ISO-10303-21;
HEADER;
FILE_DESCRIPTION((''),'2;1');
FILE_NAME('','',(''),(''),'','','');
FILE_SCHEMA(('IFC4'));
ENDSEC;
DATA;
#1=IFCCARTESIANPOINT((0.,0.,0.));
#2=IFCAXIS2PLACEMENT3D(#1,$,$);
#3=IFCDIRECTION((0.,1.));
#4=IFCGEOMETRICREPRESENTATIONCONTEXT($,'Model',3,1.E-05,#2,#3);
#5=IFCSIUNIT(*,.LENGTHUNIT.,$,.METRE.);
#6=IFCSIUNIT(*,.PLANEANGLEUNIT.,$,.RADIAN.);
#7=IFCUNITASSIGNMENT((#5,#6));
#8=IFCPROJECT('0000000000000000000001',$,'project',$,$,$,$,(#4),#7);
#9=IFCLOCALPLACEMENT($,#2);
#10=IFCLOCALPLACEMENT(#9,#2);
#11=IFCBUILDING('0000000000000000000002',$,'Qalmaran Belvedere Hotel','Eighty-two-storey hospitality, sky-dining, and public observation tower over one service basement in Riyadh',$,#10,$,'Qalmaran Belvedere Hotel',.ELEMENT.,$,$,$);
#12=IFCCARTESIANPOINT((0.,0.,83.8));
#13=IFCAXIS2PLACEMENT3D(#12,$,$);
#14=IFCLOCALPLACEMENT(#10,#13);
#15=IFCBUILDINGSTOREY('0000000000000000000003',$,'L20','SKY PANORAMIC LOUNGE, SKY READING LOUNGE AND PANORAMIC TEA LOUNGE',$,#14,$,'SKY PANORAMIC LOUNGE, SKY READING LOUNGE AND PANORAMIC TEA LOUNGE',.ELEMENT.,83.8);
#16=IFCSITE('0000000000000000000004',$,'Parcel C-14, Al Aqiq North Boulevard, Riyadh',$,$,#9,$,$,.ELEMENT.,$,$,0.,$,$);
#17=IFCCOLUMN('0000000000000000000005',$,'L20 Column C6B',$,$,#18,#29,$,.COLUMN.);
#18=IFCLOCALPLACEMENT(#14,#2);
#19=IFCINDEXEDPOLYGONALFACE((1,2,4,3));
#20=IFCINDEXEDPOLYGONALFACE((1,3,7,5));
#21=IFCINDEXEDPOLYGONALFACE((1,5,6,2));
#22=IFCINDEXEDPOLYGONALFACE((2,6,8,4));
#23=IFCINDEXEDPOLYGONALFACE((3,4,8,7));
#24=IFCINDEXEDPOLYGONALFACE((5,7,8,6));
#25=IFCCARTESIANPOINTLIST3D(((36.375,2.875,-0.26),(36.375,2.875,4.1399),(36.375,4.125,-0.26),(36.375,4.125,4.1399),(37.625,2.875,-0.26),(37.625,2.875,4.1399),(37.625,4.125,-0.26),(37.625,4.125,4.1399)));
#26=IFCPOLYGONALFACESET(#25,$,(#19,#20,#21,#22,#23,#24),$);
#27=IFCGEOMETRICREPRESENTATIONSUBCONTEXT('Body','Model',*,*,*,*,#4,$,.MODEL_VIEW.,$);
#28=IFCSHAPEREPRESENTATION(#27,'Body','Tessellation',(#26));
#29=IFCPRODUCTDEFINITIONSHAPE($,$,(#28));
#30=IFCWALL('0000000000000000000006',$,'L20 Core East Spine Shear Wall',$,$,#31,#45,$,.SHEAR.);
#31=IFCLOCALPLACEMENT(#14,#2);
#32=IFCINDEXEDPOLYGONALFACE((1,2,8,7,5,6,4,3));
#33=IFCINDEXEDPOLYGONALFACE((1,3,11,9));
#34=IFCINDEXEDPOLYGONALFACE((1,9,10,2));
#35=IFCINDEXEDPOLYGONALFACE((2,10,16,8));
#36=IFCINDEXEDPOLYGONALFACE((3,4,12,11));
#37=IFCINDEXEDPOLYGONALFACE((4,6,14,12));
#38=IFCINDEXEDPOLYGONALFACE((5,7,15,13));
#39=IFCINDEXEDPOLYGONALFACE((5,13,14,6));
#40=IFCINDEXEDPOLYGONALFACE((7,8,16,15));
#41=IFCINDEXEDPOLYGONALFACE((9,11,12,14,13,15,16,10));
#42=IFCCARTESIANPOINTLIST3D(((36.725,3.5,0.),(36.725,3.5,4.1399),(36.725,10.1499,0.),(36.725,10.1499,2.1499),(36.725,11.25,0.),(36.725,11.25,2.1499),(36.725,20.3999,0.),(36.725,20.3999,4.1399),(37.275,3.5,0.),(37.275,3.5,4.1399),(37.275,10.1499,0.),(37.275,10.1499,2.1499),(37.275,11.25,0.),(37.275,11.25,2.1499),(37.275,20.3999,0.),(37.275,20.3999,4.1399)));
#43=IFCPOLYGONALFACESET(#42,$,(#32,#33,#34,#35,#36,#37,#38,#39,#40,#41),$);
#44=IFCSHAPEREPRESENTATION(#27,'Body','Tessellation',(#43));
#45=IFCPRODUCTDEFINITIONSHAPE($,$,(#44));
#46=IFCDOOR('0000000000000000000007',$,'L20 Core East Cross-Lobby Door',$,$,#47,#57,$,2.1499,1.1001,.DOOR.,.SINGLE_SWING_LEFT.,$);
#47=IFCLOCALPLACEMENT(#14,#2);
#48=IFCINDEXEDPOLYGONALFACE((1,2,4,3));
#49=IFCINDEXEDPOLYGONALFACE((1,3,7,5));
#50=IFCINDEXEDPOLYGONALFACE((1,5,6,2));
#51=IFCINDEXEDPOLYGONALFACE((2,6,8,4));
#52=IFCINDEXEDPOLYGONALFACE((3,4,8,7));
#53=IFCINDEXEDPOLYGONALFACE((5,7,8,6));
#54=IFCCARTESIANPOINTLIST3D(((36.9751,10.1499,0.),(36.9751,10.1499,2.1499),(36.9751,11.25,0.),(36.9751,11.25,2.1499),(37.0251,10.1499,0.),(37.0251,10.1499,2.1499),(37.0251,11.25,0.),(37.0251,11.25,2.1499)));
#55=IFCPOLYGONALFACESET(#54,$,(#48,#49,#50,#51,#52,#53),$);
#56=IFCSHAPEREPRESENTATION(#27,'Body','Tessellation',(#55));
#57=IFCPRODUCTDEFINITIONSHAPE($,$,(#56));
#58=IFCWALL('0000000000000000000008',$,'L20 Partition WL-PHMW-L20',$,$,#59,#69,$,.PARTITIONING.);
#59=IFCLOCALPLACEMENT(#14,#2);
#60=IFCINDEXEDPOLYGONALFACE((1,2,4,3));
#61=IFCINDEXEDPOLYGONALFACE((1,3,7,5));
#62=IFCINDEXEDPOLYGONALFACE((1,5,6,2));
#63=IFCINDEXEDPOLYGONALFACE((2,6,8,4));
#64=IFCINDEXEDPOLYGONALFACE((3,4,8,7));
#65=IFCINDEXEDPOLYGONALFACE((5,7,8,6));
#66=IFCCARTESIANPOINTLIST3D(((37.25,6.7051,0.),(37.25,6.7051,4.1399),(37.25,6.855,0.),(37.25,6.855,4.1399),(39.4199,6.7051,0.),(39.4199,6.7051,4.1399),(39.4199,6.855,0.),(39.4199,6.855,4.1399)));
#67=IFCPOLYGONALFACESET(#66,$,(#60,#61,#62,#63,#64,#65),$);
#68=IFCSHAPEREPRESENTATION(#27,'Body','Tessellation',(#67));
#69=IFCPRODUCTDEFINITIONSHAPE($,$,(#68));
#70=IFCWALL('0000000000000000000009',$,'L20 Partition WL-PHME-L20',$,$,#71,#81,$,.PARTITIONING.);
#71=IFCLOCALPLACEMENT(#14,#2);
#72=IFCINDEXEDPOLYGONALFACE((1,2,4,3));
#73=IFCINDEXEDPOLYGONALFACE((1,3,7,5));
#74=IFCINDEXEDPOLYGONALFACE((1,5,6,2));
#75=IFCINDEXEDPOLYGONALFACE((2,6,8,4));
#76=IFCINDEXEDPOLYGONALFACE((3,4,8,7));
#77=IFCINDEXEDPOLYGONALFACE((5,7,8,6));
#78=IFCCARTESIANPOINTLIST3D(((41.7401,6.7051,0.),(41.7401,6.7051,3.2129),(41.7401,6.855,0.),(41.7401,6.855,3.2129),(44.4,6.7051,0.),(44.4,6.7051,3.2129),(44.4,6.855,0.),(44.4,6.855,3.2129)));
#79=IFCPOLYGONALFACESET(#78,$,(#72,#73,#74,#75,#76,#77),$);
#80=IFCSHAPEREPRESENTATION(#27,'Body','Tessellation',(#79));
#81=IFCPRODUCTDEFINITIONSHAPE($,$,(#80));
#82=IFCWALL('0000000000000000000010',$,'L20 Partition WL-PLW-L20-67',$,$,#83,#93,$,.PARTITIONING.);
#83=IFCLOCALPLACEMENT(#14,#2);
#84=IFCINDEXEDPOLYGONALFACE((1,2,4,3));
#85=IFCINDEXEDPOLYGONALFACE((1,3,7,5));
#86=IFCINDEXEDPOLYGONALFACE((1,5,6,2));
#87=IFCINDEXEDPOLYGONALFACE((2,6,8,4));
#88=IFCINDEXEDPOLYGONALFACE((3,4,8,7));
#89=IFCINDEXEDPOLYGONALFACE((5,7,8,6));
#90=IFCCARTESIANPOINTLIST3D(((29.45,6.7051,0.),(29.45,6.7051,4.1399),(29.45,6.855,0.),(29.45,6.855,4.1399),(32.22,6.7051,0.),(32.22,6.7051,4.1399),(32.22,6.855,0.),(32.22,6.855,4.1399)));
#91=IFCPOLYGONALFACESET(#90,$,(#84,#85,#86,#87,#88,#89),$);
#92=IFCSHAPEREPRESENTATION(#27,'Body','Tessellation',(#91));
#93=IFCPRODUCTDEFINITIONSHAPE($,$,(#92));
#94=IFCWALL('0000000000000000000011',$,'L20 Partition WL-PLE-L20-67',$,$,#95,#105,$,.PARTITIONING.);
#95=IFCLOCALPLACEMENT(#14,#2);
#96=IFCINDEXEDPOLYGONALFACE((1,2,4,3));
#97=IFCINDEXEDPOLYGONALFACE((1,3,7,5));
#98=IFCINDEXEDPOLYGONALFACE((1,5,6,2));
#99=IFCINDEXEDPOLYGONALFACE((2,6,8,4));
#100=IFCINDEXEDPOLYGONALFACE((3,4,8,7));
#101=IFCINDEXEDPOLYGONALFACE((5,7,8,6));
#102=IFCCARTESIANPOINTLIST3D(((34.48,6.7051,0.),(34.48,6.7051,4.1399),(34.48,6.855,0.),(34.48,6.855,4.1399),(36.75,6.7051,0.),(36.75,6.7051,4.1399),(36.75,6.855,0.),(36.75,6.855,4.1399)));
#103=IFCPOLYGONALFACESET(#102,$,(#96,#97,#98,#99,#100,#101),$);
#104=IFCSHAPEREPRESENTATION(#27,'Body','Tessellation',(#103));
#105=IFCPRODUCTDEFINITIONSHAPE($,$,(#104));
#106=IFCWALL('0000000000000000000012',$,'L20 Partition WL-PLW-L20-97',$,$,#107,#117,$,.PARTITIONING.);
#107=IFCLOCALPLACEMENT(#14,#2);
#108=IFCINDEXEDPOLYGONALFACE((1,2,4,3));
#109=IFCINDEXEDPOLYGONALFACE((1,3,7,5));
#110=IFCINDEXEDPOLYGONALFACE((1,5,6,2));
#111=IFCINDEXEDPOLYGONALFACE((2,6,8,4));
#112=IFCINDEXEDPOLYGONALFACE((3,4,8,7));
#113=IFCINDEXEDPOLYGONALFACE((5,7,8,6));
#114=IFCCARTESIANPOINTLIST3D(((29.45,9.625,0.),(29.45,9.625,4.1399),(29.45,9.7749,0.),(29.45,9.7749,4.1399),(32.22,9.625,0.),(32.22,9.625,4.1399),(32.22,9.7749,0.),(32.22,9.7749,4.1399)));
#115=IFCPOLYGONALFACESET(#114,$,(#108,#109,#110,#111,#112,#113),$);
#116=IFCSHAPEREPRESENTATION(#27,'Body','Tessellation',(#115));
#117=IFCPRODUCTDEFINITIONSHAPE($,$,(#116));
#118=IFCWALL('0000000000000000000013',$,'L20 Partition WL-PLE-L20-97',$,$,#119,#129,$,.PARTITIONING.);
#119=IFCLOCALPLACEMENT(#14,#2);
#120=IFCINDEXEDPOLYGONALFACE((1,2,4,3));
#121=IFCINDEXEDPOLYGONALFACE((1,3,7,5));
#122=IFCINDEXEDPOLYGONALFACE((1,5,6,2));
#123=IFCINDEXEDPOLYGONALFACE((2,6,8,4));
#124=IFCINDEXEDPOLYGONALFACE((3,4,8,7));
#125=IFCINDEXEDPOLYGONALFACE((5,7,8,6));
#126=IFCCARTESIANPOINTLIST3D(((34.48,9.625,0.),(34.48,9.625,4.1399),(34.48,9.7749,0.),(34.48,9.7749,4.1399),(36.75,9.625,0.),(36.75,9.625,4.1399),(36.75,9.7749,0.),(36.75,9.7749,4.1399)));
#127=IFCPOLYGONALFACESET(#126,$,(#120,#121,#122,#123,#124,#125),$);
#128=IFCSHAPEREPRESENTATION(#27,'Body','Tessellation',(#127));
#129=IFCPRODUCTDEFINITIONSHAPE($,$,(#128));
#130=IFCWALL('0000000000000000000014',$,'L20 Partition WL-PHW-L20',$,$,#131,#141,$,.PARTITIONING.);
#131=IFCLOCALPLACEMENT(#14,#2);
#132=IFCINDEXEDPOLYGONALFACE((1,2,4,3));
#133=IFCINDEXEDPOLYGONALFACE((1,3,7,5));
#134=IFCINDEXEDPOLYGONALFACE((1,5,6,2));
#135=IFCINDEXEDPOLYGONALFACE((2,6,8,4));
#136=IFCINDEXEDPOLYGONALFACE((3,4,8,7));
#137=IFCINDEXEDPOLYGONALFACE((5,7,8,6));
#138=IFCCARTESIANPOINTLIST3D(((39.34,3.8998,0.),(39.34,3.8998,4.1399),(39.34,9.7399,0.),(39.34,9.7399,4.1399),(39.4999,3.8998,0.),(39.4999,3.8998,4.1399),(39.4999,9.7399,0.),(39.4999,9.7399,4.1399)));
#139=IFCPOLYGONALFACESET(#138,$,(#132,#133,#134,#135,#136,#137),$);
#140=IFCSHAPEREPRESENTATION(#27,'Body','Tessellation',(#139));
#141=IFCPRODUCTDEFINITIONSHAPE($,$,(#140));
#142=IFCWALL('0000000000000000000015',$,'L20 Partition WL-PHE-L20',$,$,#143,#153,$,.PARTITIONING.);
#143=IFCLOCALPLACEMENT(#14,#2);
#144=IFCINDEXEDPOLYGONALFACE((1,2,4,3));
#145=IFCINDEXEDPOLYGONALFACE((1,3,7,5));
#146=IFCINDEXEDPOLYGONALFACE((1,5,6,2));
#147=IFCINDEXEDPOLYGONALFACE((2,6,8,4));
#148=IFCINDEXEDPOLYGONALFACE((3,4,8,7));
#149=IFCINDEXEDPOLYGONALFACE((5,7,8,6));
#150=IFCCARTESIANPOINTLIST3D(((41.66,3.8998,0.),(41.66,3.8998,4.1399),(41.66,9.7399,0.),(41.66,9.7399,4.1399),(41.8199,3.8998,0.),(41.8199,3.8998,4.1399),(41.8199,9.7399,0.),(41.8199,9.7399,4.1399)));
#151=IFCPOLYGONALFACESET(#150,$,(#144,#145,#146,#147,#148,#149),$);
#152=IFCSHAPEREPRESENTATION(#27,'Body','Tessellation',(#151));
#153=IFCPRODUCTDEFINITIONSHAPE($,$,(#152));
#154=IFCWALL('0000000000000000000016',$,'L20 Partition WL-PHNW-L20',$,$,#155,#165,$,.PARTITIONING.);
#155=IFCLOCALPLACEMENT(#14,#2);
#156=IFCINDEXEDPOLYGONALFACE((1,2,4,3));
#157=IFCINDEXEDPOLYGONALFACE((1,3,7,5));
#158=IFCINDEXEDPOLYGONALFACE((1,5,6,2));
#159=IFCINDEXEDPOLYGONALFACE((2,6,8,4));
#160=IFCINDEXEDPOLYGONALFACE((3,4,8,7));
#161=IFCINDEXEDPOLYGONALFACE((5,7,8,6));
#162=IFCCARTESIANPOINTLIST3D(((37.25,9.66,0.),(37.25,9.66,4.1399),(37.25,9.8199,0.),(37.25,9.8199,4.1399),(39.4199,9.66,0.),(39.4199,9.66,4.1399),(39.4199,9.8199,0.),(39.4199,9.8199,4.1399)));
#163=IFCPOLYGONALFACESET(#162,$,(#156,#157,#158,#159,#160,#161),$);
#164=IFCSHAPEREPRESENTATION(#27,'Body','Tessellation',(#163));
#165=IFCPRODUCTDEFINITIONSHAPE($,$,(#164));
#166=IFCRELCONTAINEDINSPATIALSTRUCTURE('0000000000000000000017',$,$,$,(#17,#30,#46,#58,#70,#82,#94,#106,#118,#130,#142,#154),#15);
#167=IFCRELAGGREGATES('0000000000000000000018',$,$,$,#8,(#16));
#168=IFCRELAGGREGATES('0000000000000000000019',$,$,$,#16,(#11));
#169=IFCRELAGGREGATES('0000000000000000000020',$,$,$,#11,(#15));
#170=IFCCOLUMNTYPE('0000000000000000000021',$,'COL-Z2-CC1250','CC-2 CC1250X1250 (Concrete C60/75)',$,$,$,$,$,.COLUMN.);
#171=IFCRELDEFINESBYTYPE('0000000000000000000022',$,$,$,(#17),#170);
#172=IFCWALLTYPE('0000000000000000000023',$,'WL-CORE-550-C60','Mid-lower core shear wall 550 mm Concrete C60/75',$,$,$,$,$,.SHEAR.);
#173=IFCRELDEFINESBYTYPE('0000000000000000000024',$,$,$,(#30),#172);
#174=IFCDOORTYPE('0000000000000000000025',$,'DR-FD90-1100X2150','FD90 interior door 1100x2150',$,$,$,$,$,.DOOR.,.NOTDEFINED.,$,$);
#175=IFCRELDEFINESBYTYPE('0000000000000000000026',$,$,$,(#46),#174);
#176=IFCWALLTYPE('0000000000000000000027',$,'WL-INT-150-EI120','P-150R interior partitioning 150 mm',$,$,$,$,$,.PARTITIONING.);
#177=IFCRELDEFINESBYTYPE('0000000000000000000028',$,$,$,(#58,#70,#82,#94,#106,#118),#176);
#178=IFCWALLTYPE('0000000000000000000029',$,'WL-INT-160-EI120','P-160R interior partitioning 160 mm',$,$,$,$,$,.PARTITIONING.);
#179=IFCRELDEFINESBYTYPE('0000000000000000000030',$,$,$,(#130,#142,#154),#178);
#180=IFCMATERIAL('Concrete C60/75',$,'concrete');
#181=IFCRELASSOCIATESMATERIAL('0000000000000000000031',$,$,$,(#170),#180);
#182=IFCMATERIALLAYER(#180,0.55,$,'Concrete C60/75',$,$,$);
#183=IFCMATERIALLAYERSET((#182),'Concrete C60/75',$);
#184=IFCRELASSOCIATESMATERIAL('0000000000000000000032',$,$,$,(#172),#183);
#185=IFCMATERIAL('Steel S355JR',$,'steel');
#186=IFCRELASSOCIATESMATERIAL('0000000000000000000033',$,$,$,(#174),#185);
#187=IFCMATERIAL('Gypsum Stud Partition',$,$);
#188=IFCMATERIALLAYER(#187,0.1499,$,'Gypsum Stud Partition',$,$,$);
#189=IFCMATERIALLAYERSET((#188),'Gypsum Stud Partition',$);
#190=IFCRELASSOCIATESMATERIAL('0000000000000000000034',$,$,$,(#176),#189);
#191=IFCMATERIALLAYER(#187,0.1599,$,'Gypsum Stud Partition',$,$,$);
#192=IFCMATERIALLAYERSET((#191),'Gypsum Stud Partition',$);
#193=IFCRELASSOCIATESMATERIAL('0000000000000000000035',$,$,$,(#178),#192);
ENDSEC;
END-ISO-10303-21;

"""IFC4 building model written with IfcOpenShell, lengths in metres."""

from ifc_helpers import new_model, si_unit, direction, frame, frame_2d, origin, origin_2d, place, context, subcontext, project, spatial, rectangle, extrude, material, layer, layer_set, material_profile, profile_set, type_object, element, fill, save


model = new_model("IFC4")

# Units and contexts
model_context = context("Model", 3, precision=1e-05, world=origin(), true_north=direction((0.0, 1.0)))
body_context = subcontext(model_context, "Body", "Model", "MODEL_VIEW")
ifc_project = project(units=[si_unit("LENGTHUNIT", "METRE"), si_unit("PLANEANGLEUNIT", "RADIAN")], contexts=[model_context])

# Site, building, storey
site_placement = place(None, origin())
site = spatial("IfcSite", under=ifc_project, at=site_placement, Name="Parcel C-14, Al Aqiq North Boulevard, Riyadh", CompositionType="ELEMENT", RefElevation=0.0)
building_placement = place(site_placement, origin())
building = spatial("IfcBuilding", under=site, at=building_placement, Name="Qalmaran Belvedere Hotel", Description="Eighty-two-storey hospitality, sky-dining, and public observation tower over one service basement in Riyadh", LongName="Qalmaran Belvedere Hotel", CompositionType="ELEMENT")
storey_placement = place(building_placement, frame((0.0, 0.0, 83.8)))
storey = spatial("IfcBuildingStorey", under=building, at=storey_placement, Name="L20", Description="SKY PANORAMIC LOUNGE, SKY READING LOUNGE AND PANORAMIC TEA LOUNGE", LongName="SKY PANORAMIC LOUNGE, SKY READING LOUNGE AND PANORAMIC TEA LOUNGE", CompositionType="ELEMENT", Elevation=83.8)

# Column
ifc_material_1 = material(Name="Concrete C60/75", Category="concrete")
ifc_material_profile = material_profile(ifc_material_1, rectangle(XDim=1.25, YDim=1.25, at=origin_2d()), Name="CC1250X1250")
ifc_profile_set = profile_set([ifc_material_profile], Name="Concrete C60/75")
column_type = type_object("IfcColumnType", Name="COL-Z2-CC1250", Description="CC-2 CC1250X1250 (Concrete C60/75)", PredefinedType="COLUMN", material=ifc_profile_set)
column_placement = place(storey_placement, frame((37.0, 3.5, -0.26), z_axis=(0.0, 0.0, 1.0), x_axis=(1.0, 0.0, 0.0)))
element("IfcColumn", 1, at=column_placement, inside=storey, type_object=column_type, Name="L20 Column C6B", PredefinedType="COLUMN", context=body_context, shape_type="SweptSolid", body=[
    extrude(rectangle(XDim=1.25, YDim=1.25, at=origin_2d()), origin(), (0.0, 0.0, 1.0), 4.3999),
])

# Wall, opening, door
ifc_layer_1 = layer(ifc_material_1, 0.55, Name="Concrete C60/75")
ifc_layer_set_1 = layer_set([ifc_layer_1], Name="Concrete C60/75")
wall_type_1 = type_object("IfcWallType", Name="WL-CORE-550-C60", Description="Mid-lower core shear wall 550 mm Concrete C60/75", PredefinedType="SHEAR", material=ifc_layer_set_1)
wall_1_placement = place(storey_placement, frame((37.0, 3.5, 0.0), z_axis=(0.0, 0.0, 1.0), x_axis=(0.0, 1.0, 0.0)))
wall_1 = element("IfcWall", 2, at=wall_1_placement, inside=storey, type_object=wall_type_1, Name="L20 Core East Spine Shear Wall", PredefinedType="SHEAR", context=body_context, shape_type="SweptSolid", body=[
    extrude(rectangle(XDim=16.8999, YDim=0.55, at=frame_2d((8.45, 0.0))), origin(), (0.0, 0.0, 1.0), 4.1399),
])
opening_1_placement = place(wall_1_placement, frame((6.6499, 0.0, 0.0)))
opening_1 = element("IfcOpeningElement", 3, at=opening_1_placement, cuts=wall_1, PredefinedType="OPENING", context=body_context, shape_type="SweptSolid", body=[
    extrude(rectangle(XDim=1.1001, YDim=2.1499, at=frame_2d((0.55, 1.075))), frame((0.0, 0.2852, 0.0), z_axis=(0.0, -1.0, 0.0), x_axis=(1.0, 0.0, 0.0)), (0.0, 0.0, 1.0), 0.5701),
])
ifc_material_2 = material(Name="Steel S355JR", Category="steel")
door_type_1 = type_object("IfcDoorType", Name="DR-FD90-1100X2150", Description="FD90 interior door 1100x2150", OperationType="NOTDEFINED", PredefinedType="DOOR", material=ifc_material_2)
door_1_placement = place(opening_1_placement, origin())
door_1 = element("IfcDoor", 4, at=door_1_placement, inside=storey, type_object=door_type_1, Name="L20 Core East Cross-Lobby Door", OperationType="SINGLE_SWING_LEFT", OverallHeight=2.1499, OverallWidth=1.1001, PredefinedType="DOOR", context=body_context, shape_type="SweptSolid", body=[
    extrude(rectangle(XDim=1.1001, YDim=2.1499, at=frame_2d((0.55, 1.075))), frame((0.0, 0.0249, 0.0), z_axis=(0.0, -1.0, 0.0), x_axis=(1.0, 0.0, 0.0)), (0.0, 0.0, 1.0), 0.05),
])
fill(opening_1, door_1)

# Walls
ifc_material_3 = material(Name="Gypsum Stud Partition")
ifc_layer_2 = layer(ifc_material_3, 0.1499, Name="Gypsum Stud Partition")
ifc_layer_set_2 = layer_set([ifc_layer_2], Name="Gypsum Stud Partition")
wall_type_2 = type_object("IfcWallType", Name="WL-INT-150-EI120", Description="P-150R interior partitioning 150 mm", PredefinedType="PARTITIONING", material=ifc_layer_set_2)
wall_2_placement = place(storey_placement, frame((37.25, 6.78, 0.0), z_axis=(0.0, 0.0, 1.0), x_axis=(1.0, 0.0, 0.0)))
element("IfcWall", 5, at=wall_2_placement, inside=storey, type_object=wall_type_2, Name="L20 Partition WL-PHMW-L20", PredefinedType="PARTITIONING", context=body_context, shape_type="SweptSolid", body=[
    extrude(rectangle(XDim=2.1699, YDim=0.1499, at=frame_2d((1.085, 0.0))), origin(), (0.0, 0.0, 1.0), 4.1399),
])
wall_3_placement = place(storey_placement, frame((41.74, 6.78, 0.0), z_axis=(0.0, 0.0, 1.0), x_axis=(1.0, 0.0, 0.0)))
element("IfcWall", 6, at=wall_3_placement, inside=storey, type_object=wall_type_2, Name="L20 Partition WL-PHME-L20", PredefinedType="PARTITIONING", context=body_context, shape_type="SweptSolid", body=[
    extrude(rectangle(XDim=2.6599, YDim=0.1499, at=frame_2d((1.3301, 0.0))), origin(), (0.0, 0.0, 1.0), 3.2129),
])
wall_4_placement = place(storey_placement, frame((29.45, 6.78, 0.0), z_axis=(0.0, 0.0, 1.0), x_axis=(1.0, 0.0, 0.0)))
element("IfcWall", 7, at=wall_4_placement, inside=storey, type_object=wall_type_2, Name="L20 Partition WL-PLW-L20-67", PredefinedType="PARTITIONING", context=body_context, shape_type="SweptSolid", body=[
    extrude(rectangle(XDim=2.77, YDim=0.1499, at=frame_2d((1.385, 0.0))), origin(), (0.0, 0.0, 1.0), 4.1399),
])
wall_5_placement = place(storey_placement, frame((34.48, 6.78, 0.0), z_axis=(0.0, 0.0, 1.0), x_axis=(1.0, 0.0, 0.0)))
element("IfcWall", 8, at=wall_5_placement, inside=storey, type_object=wall_type_2, Name="L20 Partition WL-PLE-L20-67", PredefinedType="PARTITIONING", context=body_context, shape_type="SweptSolid", body=[
    extrude(rectangle(XDim=2.27, YDim=0.1499, at=frame_2d((1.135, 0.0))), origin(), (0.0, 0.0, 1.0), 4.1399),
])
wall_6_placement = place(storey_placement, frame((29.45, 9.7, 0.0), z_axis=(0.0, 0.0, 1.0), x_axis=(1.0, 0.0, 0.0)))
element("IfcWall", 9, at=wall_6_placement, inside=storey, type_object=wall_type_2, Name="L20 Partition WL-PLW-L20-97", PredefinedType="PARTITIONING", context=body_context, shape_type="SweptSolid", body=[
    extrude(rectangle(XDim=2.77, YDim=0.1499, at=frame_2d((1.385, 0.0))), origin(), (0.0, 0.0, 1.0), 4.1399),
])
wall_7_placement = place(storey_placement, frame((34.48, 9.7, 0.0), z_axis=(0.0, 0.0, 1.0), x_axis=(1.0, 0.0, 0.0)))
element("IfcWall", 10, at=wall_7_placement, inside=storey, type_object=wall_type_2, Name="L20 Partition WL-PLE-L20-97", PredefinedType="PARTITIONING", context=body_context, shape_type="SweptSolid", body=[
    extrude(rectangle(XDim=2.27, YDim=0.1499, at=frame_2d((1.135, 0.0))), origin(), (0.0, 0.0, 1.0), 4.1399),
])
ifc_layer_3 = layer(ifc_material_3, 0.1599, Name="Gypsum Stud Partition")
ifc_layer_set_3 = layer_set([ifc_layer_3], Name="Gypsum Stud Partition")
wall_type_3 = type_object("IfcWallType", Name="WL-INT-160-EI120", Description="P-160R interior partitioning 160 mm", PredefinedType="PARTITIONING", material=ifc_layer_set_3)
for number, where, z_axis, x_axis, name in (
    (11, (39.4199, 3.8999, 0.0), (0.0, 0.0, 1.0), (0.0, 1.0, 0.0), "L20 Partition WL-PHW-L20"),
    (12, (41.74, 3.8999, 0.0), (0.0, 0.0, 1.0), (0.0, 1.0, 0.0), "L20 Partition WL-PHE-L20"),
):
    element("IfcWall", number, at=place(storey_placement, frame(where, z_axis=z_axis, x_axis=x_axis)), inside=storey, type_object=wall_type_3, Name=name, PredefinedType="PARTITIONING", context=body_context, shape_type="SweptSolid", body=[
        extrude(rectangle(XDim=5.8401, YDim=0.1599, at=frame_2d((2.9199, 0.0))), origin(), (0.0, 0.0, 1.0), 4.1399),
    ])
wall_8_placement = place(storey_placement, frame((37.25, 9.74, 0.0), z_axis=(0.0, 0.0, 1.0), x_axis=(1.0, 0.0, 0.0)))
element("IfcWall", 13, at=wall_8_placement, inside=storey, type_object=wall_type_3, Name="L20 Partition WL-PHNW-L20", PredefinedType="PARTITIONING", context=body_context, shape_type="SweptSolid", body=[
    extrude(rectangle(XDim=2.1699, YDim=0.1599, at=frame_2d((1.085, 0.0))), origin(), (0.0, 0.0, 1.0), 4.1399),
])

save(model, "model.ifc")
